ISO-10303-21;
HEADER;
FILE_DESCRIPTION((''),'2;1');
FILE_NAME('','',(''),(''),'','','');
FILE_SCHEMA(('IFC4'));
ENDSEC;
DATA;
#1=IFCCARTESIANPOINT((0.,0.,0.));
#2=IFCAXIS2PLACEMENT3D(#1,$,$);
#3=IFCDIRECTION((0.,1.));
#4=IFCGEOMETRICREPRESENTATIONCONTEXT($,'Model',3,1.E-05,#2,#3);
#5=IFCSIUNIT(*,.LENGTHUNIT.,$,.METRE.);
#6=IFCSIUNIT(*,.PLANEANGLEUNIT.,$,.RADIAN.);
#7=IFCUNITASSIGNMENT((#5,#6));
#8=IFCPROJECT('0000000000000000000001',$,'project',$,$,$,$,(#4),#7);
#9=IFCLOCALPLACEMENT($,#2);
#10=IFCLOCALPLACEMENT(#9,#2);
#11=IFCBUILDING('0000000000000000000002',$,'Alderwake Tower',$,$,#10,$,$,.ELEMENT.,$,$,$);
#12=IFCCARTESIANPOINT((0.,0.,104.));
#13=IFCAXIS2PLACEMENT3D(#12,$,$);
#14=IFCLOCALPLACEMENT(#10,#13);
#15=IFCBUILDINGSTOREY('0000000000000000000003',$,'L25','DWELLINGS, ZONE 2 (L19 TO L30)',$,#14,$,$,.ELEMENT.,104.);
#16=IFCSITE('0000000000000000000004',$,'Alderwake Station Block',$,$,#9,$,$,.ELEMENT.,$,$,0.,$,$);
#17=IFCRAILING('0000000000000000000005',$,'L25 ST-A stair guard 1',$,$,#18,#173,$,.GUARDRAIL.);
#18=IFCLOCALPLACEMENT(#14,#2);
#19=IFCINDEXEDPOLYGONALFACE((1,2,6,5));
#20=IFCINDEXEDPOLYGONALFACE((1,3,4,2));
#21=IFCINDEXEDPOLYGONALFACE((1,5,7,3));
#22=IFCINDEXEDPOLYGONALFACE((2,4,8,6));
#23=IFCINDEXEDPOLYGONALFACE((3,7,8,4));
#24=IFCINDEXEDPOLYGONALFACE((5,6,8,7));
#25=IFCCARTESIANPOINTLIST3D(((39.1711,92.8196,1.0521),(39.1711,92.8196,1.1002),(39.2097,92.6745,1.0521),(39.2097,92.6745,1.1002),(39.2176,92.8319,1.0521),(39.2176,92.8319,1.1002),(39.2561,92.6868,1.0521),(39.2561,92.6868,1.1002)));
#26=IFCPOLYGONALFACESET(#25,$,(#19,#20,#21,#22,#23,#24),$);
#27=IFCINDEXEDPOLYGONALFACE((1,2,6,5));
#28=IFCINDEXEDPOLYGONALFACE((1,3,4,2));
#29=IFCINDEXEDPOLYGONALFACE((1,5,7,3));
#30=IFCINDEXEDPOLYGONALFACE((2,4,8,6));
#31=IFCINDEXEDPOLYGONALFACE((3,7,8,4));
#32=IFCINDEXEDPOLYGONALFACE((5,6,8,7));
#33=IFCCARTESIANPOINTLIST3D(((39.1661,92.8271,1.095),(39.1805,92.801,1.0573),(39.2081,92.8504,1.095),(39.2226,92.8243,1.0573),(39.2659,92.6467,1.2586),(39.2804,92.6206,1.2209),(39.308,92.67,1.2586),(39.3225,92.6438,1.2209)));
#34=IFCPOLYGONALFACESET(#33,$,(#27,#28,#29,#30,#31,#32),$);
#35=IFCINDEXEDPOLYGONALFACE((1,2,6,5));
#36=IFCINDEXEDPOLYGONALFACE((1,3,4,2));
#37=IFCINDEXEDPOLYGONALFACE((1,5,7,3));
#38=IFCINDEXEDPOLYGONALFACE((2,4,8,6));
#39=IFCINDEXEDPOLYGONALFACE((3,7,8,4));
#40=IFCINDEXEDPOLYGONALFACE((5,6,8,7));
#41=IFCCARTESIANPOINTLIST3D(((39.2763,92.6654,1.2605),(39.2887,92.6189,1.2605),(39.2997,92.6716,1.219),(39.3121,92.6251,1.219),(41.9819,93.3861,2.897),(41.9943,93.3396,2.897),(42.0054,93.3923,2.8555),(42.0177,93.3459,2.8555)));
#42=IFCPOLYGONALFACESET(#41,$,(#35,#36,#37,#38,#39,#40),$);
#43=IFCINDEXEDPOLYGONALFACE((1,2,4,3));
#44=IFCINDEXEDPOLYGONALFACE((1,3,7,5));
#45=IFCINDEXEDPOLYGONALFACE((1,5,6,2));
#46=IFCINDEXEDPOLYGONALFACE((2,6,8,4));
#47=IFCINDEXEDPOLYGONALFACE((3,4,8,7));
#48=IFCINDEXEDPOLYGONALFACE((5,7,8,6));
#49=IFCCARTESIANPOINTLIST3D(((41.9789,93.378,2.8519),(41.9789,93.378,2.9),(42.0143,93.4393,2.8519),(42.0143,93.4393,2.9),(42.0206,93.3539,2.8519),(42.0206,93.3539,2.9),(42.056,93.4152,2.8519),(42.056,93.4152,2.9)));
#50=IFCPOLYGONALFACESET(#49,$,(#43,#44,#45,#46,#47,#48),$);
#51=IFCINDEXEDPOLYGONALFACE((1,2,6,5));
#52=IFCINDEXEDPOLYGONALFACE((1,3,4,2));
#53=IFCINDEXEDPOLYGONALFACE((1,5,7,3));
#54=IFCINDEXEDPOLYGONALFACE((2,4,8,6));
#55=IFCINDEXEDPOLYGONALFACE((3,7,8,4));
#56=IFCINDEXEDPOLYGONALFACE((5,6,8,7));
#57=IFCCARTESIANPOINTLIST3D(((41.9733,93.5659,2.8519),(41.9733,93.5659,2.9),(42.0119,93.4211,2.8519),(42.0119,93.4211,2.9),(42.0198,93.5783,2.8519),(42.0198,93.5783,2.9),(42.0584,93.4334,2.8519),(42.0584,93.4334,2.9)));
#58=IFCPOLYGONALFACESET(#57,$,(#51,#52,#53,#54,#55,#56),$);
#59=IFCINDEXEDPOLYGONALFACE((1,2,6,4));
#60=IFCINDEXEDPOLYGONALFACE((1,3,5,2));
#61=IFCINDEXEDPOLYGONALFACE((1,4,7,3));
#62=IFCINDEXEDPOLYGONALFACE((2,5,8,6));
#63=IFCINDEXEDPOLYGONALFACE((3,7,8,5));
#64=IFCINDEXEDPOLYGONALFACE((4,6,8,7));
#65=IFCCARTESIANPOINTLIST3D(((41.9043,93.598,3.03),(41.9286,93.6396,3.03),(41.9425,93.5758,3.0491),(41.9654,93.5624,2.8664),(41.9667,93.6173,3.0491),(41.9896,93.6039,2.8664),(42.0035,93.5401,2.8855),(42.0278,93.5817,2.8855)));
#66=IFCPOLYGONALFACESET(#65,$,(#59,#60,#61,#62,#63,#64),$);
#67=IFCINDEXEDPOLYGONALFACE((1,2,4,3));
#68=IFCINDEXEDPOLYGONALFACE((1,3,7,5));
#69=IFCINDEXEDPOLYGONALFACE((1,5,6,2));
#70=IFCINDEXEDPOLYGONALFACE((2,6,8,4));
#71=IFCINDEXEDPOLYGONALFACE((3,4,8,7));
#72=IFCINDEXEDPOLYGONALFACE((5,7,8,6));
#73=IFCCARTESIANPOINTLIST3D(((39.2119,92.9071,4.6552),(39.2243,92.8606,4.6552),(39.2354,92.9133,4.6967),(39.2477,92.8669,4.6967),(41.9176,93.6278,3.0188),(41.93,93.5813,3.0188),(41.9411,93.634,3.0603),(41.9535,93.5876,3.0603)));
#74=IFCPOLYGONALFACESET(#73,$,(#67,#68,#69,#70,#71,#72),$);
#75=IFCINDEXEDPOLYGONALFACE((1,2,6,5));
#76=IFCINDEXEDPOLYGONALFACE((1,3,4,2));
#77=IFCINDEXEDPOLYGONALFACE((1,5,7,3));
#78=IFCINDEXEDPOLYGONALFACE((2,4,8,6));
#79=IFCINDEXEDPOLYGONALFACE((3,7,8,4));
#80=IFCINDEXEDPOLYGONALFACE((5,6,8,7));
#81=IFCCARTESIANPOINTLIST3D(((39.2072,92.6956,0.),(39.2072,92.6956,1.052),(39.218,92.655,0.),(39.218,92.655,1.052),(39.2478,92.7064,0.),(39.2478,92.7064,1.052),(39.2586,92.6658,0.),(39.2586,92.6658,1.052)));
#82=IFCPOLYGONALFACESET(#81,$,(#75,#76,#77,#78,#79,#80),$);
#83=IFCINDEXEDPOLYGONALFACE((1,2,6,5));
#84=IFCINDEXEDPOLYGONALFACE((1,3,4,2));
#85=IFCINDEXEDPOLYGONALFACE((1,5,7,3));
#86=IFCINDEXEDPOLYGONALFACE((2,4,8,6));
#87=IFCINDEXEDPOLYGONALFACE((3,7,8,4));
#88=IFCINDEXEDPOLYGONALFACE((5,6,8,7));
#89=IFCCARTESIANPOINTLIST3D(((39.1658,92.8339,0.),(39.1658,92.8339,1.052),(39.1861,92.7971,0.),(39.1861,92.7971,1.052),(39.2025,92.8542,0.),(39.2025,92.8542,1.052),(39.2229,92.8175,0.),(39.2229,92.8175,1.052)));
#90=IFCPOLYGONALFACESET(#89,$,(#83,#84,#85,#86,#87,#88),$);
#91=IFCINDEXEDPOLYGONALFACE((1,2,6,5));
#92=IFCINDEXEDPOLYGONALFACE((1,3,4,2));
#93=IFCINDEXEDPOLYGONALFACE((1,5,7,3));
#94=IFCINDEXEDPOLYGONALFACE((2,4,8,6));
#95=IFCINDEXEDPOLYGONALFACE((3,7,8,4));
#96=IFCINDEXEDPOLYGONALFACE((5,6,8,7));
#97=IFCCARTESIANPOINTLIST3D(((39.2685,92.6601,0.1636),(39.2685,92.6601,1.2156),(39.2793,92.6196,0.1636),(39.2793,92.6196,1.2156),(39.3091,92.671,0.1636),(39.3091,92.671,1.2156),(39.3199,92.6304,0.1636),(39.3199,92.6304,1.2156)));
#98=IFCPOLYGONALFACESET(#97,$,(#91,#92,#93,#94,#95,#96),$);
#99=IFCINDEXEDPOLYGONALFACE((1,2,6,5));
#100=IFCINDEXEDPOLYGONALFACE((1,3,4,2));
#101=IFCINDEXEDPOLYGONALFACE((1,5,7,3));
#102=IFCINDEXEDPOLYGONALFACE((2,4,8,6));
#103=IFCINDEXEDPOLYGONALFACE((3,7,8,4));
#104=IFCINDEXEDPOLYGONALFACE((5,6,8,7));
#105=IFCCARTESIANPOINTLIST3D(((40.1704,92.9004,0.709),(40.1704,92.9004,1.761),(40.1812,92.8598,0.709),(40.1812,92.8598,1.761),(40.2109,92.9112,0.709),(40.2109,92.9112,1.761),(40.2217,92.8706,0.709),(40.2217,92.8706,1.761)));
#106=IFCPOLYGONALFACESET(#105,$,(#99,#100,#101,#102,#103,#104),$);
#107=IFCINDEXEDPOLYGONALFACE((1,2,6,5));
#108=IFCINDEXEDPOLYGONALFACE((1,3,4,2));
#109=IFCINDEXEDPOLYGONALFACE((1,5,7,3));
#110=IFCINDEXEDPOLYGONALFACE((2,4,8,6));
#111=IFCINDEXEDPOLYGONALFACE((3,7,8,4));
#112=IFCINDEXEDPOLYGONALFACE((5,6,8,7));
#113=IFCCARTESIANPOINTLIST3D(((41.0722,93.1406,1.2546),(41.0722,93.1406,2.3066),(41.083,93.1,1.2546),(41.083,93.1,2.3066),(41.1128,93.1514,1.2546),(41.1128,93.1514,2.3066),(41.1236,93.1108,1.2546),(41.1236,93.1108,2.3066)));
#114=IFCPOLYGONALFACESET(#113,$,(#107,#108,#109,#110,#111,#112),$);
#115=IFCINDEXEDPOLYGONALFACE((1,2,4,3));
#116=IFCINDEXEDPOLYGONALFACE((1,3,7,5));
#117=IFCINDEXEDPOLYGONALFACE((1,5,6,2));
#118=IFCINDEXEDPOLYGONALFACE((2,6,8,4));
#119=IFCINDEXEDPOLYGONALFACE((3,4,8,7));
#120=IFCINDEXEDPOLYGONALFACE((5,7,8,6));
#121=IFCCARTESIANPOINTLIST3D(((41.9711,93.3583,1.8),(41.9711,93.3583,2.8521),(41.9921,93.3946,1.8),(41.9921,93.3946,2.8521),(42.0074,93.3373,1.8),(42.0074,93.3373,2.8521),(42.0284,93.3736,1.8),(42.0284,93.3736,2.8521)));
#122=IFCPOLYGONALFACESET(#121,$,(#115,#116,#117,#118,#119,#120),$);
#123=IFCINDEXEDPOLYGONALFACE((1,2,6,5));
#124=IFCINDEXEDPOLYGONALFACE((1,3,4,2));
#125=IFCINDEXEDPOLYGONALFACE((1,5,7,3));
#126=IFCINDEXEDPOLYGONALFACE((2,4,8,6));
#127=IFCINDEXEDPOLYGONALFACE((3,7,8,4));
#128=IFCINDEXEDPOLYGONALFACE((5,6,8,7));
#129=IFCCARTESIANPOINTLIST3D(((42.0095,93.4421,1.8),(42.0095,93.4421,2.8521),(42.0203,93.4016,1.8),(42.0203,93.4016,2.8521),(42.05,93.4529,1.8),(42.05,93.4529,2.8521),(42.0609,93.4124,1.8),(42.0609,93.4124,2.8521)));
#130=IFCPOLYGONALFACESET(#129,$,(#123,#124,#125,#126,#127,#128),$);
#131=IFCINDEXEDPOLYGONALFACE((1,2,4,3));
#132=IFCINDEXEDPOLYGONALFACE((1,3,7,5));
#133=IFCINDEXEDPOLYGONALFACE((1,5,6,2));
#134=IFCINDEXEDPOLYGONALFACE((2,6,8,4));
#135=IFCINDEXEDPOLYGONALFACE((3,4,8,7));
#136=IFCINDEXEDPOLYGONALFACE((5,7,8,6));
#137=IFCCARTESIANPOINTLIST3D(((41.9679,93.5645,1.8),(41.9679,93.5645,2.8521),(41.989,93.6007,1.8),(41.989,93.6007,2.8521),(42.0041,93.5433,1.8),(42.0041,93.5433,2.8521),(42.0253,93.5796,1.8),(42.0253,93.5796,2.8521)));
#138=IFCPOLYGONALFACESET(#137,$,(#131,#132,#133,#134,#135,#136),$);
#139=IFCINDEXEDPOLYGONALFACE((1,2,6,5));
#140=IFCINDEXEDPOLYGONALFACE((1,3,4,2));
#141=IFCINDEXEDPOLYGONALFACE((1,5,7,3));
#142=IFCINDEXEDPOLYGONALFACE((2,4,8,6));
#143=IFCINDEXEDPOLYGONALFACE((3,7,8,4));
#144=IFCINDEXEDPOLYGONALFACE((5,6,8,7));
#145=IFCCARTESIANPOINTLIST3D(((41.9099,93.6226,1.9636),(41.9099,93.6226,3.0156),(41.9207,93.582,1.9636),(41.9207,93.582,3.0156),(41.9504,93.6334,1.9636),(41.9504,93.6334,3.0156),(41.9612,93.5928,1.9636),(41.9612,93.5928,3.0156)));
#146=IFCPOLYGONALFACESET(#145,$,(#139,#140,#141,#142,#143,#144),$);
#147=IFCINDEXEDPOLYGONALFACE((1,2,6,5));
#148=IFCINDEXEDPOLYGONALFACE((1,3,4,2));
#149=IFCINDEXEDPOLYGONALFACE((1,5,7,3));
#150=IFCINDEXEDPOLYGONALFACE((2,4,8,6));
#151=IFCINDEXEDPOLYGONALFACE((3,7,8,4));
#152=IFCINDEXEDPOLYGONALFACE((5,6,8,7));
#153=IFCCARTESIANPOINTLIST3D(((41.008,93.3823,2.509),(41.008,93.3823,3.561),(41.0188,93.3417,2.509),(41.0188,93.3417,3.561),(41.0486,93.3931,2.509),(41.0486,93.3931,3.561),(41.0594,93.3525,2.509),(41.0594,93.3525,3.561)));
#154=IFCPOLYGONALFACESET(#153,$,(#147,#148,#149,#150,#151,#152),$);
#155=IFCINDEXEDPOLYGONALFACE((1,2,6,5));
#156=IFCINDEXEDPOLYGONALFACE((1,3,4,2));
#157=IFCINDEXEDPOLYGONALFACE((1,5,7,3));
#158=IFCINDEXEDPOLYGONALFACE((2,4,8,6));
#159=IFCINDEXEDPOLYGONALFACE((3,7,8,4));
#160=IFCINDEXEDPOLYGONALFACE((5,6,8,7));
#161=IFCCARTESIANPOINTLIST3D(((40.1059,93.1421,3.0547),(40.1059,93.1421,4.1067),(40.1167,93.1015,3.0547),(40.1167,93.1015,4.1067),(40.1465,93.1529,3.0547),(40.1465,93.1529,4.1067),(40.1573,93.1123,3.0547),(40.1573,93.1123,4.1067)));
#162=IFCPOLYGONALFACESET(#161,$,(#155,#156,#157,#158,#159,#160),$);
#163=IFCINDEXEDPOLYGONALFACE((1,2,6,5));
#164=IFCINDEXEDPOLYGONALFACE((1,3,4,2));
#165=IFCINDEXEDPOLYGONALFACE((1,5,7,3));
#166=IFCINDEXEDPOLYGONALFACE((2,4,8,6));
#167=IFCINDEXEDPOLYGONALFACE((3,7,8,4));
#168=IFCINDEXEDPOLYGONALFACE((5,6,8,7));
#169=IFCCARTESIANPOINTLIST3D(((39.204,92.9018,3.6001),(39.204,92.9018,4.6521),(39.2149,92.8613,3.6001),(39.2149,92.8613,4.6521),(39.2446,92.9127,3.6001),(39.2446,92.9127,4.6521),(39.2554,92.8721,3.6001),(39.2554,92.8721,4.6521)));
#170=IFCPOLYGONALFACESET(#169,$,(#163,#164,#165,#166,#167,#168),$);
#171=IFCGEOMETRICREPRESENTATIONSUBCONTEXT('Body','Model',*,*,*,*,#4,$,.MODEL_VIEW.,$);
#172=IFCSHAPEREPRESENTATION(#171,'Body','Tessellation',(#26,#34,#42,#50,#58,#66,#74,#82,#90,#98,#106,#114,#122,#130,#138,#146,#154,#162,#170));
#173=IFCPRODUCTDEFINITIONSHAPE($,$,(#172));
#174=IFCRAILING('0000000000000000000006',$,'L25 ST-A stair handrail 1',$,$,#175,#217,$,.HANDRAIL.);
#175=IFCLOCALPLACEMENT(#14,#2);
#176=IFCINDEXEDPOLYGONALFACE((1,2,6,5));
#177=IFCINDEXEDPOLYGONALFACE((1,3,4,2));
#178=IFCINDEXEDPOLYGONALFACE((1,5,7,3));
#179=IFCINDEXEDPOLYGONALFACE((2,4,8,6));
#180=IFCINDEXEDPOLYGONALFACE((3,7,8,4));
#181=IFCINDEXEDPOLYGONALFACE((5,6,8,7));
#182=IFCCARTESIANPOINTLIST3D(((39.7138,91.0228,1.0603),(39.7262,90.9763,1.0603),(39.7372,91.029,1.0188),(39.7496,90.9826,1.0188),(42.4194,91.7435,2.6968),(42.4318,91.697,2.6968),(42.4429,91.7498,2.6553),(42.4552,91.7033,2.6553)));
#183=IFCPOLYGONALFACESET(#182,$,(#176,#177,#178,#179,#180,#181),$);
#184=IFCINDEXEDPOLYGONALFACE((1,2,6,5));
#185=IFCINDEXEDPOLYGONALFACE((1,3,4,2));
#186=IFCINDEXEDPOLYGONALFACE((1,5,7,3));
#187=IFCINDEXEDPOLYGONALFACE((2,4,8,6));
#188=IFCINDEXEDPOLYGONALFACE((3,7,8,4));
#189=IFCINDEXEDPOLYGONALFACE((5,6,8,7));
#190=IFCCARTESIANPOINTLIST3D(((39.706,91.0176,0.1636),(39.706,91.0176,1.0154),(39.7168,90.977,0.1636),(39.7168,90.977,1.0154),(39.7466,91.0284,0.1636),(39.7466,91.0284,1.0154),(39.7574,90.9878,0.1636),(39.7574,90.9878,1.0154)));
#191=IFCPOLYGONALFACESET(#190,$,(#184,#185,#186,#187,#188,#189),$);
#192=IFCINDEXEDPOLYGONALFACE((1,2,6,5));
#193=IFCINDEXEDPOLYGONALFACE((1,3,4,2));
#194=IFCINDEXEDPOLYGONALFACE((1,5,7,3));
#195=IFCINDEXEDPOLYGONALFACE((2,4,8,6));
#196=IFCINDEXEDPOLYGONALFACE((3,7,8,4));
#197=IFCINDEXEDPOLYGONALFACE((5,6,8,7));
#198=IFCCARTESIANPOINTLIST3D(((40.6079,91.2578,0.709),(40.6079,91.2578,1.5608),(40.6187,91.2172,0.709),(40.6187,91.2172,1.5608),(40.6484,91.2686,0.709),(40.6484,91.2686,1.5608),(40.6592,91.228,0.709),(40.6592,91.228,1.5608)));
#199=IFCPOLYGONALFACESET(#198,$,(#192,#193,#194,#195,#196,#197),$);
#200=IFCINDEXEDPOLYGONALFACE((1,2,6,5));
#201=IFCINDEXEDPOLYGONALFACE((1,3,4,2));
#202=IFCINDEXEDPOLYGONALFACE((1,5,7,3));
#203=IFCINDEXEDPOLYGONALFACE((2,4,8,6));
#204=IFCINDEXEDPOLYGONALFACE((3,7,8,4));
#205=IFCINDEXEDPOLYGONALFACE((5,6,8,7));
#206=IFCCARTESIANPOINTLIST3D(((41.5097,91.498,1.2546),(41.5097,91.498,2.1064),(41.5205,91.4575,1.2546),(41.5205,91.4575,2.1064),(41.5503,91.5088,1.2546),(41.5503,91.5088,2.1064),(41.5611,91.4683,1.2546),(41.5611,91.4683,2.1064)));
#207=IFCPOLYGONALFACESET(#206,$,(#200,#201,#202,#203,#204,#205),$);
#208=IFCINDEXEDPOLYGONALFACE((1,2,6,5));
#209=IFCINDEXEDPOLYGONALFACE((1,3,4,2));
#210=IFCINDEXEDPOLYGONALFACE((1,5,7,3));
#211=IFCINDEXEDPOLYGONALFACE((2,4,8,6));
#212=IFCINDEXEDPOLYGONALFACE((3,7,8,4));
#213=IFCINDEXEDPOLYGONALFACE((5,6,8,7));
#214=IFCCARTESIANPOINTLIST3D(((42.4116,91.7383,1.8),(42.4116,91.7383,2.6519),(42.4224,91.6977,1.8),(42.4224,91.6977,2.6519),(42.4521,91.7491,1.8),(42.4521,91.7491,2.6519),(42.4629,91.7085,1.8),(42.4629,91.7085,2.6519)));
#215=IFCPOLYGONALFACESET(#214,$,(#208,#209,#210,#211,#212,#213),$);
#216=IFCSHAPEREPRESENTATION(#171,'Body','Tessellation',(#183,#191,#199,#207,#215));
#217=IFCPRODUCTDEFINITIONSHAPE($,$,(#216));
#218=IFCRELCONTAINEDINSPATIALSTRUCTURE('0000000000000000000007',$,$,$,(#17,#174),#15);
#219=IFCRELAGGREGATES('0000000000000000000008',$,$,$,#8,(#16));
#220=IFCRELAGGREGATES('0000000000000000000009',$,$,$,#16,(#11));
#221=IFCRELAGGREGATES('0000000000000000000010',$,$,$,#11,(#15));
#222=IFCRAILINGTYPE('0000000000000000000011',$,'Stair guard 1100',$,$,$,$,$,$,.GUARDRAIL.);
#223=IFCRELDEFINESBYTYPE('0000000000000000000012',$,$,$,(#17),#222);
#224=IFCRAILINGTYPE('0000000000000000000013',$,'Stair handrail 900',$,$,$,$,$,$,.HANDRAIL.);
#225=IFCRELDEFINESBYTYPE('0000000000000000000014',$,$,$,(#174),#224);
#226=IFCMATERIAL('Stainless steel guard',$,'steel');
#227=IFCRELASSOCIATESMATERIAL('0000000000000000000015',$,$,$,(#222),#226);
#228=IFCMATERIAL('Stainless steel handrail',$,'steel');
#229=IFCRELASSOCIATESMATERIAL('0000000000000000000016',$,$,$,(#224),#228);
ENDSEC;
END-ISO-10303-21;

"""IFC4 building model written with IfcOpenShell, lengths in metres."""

from ifc_helpers import new_model, si_unit, direction, frame, origin, origin_2d, place, context, subcontext, project, spatial, rectangle, extrude, material, type_object, element, save


model = new_model("IFC4")

# Units and contexts
model_context = context("Model", 3, precision=1e-05, world=origin(), true_north=direction((0.0, 1.0)))
body_context = subcontext(model_context, "Body", "Model", "MODEL_VIEW")
ifc_project = project(units=[si_unit("LENGTHUNIT", "METRE"), si_unit("PLANEANGLEUNIT", "RADIAN")], contexts=[model_context])

# Site, building, storey
site_placement = place(None, origin())
site = spatial("IfcSite", under=ifc_project, at=site_placement, Name="Alderwake Station Block", CompositionType="ELEMENT", RefElevation=0.0)
building_placement = place(site_placement, origin())
building = spatial("IfcBuilding", under=site, at=building_placement, Name="Alderwake Tower", CompositionType="ELEMENT")
storey_placement = place(building_placement, frame((0.0, 0.0, 104.0)))
storey = spatial("IfcBuildingStorey", under=building, at=storey_placement, Name="L25", Description="DWELLINGS, ZONE 2 (L19 TO L30)", CompositionType="ELEMENT", Elevation=104.0)

# Railings
ifc_material_1 = material(Name="Stainless steel guard", Category="steel")
railing_type_1 = type_object("IfcRailingType", Name="Stair guard 1100", PredefinedType="GUARDRAIL", material=ifc_material_1)
railing_1_placement = place(storey_placement, frame((39.2329, 92.6807, 0.0)))
element("IfcRailing", 1, at=railing_1_placement, inside=storey, type_object=railing_type_1, Name="L25 ST-A stair guard 1", PredefinedType="GUARDRAIL", context=body_context, shape_type="SweptSolid", body=[
    extrude(rectangle(XDim=0.0481, YDim=0.0481, at=origin_2d()), frame((0.0, 0.0, 1.0762), z_axis=(-0.257055, 0.966397, 0.0), x_axis=(-0.966397, -0.257055, 0.0)), (0.0, 0.0, 1.0), 0.1501),
    extrude(rectangle(XDim=0.0481, YDim=0.0481, at=origin_2d()), frame((-0.0386, 0.145, 1.0762), z_axis=(0.379371, -0.685464, 0.621463), x_axis=(0.874938, 0.484235, 0.0)), (0.0, 0.0, 1.0), 0.2632),
    extrude(rectangle(XDim=0.0481, YDim=0.0481, at=origin_2d()), frame((0.0613, -0.0354, 1.2397), z_axis=(0.834259, 0.222228, 0.504605), x_axis=(-0.257402, 0.966304, 0.0)), (0.0, 0.0, 1.0), 3.2432),
    extrude(rectangle(XDim=0.0481, YDim=0.0481, at=origin_2d()), frame((2.7668, 0.6853, 2.876), z_axis=(0.50022, 0.865898, 0.0), x_axis=(-0.865898, 0.50022, 0.0)), (0.0, 0.0, 1.0), 0.0708),
    extrude(rectangle(XDim=0.0481, YDim=0.0481, at=origin_2d()), frame((2.8022, 0.7466, 2.876), z_axis=(-0.25746, 0.966289, 0.0), x_axis=(-0.966289, -0.25746, 0.0)), (0.0, 0.0, 1.0), 0.1499),
    extrude(rectangle(XDim=0.0481, YDim=0.0481, at=origin_2d()), frame((2.7637, 0.8914, 2.876), z_axis=(-0.342525, 0.200035, 0.917967), x_axis=(-0.5043, -0.863528, 0.0)), (0.0, 0.0, 1.0), 0.1782),
    extrude(rectangle(XDim=0.0481, YDim=0.0481, at=origin_2d()), frame((2.7026, 0.927, 3.0396), z_axis=(-0.834282, -0.222214, 0.504574), x_axis=(0.25738, -0.96631, 0.0)), (0.0, 0.0, 1.0), 3.2432),
    extrude(rectangle(XDim=0.042, YDim=0.042, at=origin_2d()), frame((0.0, 0.0, 0.0), z_axis=(0.0, 0.0, 1.0), x_axis=(-0.257055, 0.966397, 0.0)), (0.0, 0.0, 1.0), 1.052),
    extrude(rectangle(XDim=0.042, YDim=0.042, at=origin_2d()), frame((-0.0386, 0.145, 0.0), z_axis=(0.0, 0.0, 1.0), x_axis=(0.484235, -0.874938, 0.0)), (0.0, 0.0, 1.0), 1.052),
    extrude(rectangle(XDim=0.042, YDim=0.042, at=origin_2d()), frame((0.0613, -0.0354, 0.1636), z_axis=(0.0, 0.0, 1.0), x_axis=(0.966304, 0.257402, 0.0)), (0.0, 0.0, 1.0), 1.052),
    extrude(rectangle(XDim=0.042, YDim=0.042, at=origin_2d()), frame((0.9631, 0.2048, 0.709), z_axis=(0.0, 0.0, 1.0), x_axis=(0.966304, 0.257402, 0.0)), (0.0, 0.0, 1.0), 1.052),
    extrude(rectangle(XDim=0.042, YDim=0.042, at=origin_2d()), frame((1.865, 0.4451, 1.2546), z_axis=(0.0, 0.0, 1.0), x_axis=(0.966304, 0.257402, 0.0)), (0.0, 0.0, 1.0), 1.052),
    extrude(rectangle(XDim=0.042, YDim=0.042, at=origin_2d()), frame((2.7668, 0.6853, 1.8), z_axis=(0.0, 0.0, 1.0), x_axis=(0.50022, 0.865898, 0.0)), (0.0, 0.0, 1.0), 1.052),
    extrude(rectangle(XDim=0.042, YDim=0.042, at=origin_2d()), frame((2.8022, 0.7466, 1.8), z_axis=(0.0, 0.0, 1.0), x_axis=(-0.25746, 0.966289, 0.0)), (0.0, 0.0, 1.0), 1.052),
    extrude(rectangle(XDim=0.042, YDim=0.042, at=origin_2d()), frame((2.7637, 0.8914, 1.8), z_axis=(0.0, 0.0, 1.0), x_axis=(-0.863528, 0.5043, 0.0)), (0.0, 0.0, 1.0), 1.052),
    extrude(rectangle(XDim=0.042, YDim=0.042, at=origin_2d()), frame((2.7026, 0.927, 1.9636), z_axis=(0.0, 0.0, 1.0), x_axis=(-0.96631, -0.25738, 0.0)), (0.0, 0.0, 1.0), 1.052),
    extrude(rectangle(XDim=0.042, YDim=0.042, at=origin_2d()), frame((1.8008, 0.6868, 2.509), z_axis=(0.0, 0.0, 1.0), x_axis=(-0.96631, -0.25738, 0.0)), (0.0, 0.0, 1.0), 1.052),
    extrude(rectangle(XDim=0.042, YDim=0.042, at=origin_2d()), frame((0.8987, 0.4465, 3.0547), z_axis=(0.0, 0.0, 1.0), x_axis=(-0.96631, -0.25738, 0.0)), (0.0, 0.0, 1.0), 1.052),
    extrude(rectangle(XDim=0.042, YDim=0.042, at=origin_2d()), frame((-0.0032, 0.2063, 3.6001), z_axis=(0.0, 0.0, 1.0), x_axis=(-0.96631, -0.25738, 0.0)), (0.0, 0.0, 1.0), 1.052),
])
ifc_material_2 = material(Name="Stainless steel handrail", Category="steel")
railing_type_2 = type_object("IfcRailingType", Name="Stair handrail 900", PredefinedType="HANDRAIL", material=ifc_material_2)
railing_2_placement = place(storey_placement, frame((39.7317, 91.0027, 0.1636)))
element("IfcRailing", 2, at=railing_2_placement, inside=storey, type_object=railing_type_2, Name="L25 ST-A stair handrail 1", PredefinedType="HANDRAIL", context=body_context, shape_type="SweptSolid", body=[
    extrude(rectangle(XDim=0.0481, YDim=0.0481, at=origin_2d()), frame((0.0, 0.0, 0.876), z_axis=(0.834259, 0.222228, 0.504605), x_axis=(-0.257402, 0.966304, 0.0)), (0.0, 0.0, 1.0), 3.2432),
    extrude(rectangle(XDim=0.042, YDim=0.042, at=origin_2d()), frame((0.0, 0.0, 0.0), z_axis=(0.0, 0.0, 1.0), x_axis=(0.966304, 0.257402, 0.0)), (0.0, 0.0, 1.0), 0.8518),
    extrude(rectangle(XDim=0.042, YDim=0.042, at=origin_2d()), frame((0.9019, 0.2402, 0.5454), z_axis=(0.0, 0.0, 1.0), x_axis=(0.966304, 0.257402, 0.0)), (0.0, 0.0, 1.0), 0.8518),
    extrude(rectangle(XDim=0.042, YDim=0.042, at=origin_2d()), frame((1.8037, 0.4805, 1.0911), z_axis=(0.0, 0.0, 1.0), x_axis=(0.966304, 0.257402, 0.0)), (0.0, 0.0, 1.0), 0.8518),
    extrude(rectangle(XDim=0.042, YDim=0.042, at=origin_2d()), frame((2.7056, 0.7207, 1.6365), z_axis=(0.0, 0.0, 1.0), x_axis=(0.966304, 0.257402, 0.0)), (0.0, 0.0, 1.0), 0.8518),
])

save(model, "model.ifc")
